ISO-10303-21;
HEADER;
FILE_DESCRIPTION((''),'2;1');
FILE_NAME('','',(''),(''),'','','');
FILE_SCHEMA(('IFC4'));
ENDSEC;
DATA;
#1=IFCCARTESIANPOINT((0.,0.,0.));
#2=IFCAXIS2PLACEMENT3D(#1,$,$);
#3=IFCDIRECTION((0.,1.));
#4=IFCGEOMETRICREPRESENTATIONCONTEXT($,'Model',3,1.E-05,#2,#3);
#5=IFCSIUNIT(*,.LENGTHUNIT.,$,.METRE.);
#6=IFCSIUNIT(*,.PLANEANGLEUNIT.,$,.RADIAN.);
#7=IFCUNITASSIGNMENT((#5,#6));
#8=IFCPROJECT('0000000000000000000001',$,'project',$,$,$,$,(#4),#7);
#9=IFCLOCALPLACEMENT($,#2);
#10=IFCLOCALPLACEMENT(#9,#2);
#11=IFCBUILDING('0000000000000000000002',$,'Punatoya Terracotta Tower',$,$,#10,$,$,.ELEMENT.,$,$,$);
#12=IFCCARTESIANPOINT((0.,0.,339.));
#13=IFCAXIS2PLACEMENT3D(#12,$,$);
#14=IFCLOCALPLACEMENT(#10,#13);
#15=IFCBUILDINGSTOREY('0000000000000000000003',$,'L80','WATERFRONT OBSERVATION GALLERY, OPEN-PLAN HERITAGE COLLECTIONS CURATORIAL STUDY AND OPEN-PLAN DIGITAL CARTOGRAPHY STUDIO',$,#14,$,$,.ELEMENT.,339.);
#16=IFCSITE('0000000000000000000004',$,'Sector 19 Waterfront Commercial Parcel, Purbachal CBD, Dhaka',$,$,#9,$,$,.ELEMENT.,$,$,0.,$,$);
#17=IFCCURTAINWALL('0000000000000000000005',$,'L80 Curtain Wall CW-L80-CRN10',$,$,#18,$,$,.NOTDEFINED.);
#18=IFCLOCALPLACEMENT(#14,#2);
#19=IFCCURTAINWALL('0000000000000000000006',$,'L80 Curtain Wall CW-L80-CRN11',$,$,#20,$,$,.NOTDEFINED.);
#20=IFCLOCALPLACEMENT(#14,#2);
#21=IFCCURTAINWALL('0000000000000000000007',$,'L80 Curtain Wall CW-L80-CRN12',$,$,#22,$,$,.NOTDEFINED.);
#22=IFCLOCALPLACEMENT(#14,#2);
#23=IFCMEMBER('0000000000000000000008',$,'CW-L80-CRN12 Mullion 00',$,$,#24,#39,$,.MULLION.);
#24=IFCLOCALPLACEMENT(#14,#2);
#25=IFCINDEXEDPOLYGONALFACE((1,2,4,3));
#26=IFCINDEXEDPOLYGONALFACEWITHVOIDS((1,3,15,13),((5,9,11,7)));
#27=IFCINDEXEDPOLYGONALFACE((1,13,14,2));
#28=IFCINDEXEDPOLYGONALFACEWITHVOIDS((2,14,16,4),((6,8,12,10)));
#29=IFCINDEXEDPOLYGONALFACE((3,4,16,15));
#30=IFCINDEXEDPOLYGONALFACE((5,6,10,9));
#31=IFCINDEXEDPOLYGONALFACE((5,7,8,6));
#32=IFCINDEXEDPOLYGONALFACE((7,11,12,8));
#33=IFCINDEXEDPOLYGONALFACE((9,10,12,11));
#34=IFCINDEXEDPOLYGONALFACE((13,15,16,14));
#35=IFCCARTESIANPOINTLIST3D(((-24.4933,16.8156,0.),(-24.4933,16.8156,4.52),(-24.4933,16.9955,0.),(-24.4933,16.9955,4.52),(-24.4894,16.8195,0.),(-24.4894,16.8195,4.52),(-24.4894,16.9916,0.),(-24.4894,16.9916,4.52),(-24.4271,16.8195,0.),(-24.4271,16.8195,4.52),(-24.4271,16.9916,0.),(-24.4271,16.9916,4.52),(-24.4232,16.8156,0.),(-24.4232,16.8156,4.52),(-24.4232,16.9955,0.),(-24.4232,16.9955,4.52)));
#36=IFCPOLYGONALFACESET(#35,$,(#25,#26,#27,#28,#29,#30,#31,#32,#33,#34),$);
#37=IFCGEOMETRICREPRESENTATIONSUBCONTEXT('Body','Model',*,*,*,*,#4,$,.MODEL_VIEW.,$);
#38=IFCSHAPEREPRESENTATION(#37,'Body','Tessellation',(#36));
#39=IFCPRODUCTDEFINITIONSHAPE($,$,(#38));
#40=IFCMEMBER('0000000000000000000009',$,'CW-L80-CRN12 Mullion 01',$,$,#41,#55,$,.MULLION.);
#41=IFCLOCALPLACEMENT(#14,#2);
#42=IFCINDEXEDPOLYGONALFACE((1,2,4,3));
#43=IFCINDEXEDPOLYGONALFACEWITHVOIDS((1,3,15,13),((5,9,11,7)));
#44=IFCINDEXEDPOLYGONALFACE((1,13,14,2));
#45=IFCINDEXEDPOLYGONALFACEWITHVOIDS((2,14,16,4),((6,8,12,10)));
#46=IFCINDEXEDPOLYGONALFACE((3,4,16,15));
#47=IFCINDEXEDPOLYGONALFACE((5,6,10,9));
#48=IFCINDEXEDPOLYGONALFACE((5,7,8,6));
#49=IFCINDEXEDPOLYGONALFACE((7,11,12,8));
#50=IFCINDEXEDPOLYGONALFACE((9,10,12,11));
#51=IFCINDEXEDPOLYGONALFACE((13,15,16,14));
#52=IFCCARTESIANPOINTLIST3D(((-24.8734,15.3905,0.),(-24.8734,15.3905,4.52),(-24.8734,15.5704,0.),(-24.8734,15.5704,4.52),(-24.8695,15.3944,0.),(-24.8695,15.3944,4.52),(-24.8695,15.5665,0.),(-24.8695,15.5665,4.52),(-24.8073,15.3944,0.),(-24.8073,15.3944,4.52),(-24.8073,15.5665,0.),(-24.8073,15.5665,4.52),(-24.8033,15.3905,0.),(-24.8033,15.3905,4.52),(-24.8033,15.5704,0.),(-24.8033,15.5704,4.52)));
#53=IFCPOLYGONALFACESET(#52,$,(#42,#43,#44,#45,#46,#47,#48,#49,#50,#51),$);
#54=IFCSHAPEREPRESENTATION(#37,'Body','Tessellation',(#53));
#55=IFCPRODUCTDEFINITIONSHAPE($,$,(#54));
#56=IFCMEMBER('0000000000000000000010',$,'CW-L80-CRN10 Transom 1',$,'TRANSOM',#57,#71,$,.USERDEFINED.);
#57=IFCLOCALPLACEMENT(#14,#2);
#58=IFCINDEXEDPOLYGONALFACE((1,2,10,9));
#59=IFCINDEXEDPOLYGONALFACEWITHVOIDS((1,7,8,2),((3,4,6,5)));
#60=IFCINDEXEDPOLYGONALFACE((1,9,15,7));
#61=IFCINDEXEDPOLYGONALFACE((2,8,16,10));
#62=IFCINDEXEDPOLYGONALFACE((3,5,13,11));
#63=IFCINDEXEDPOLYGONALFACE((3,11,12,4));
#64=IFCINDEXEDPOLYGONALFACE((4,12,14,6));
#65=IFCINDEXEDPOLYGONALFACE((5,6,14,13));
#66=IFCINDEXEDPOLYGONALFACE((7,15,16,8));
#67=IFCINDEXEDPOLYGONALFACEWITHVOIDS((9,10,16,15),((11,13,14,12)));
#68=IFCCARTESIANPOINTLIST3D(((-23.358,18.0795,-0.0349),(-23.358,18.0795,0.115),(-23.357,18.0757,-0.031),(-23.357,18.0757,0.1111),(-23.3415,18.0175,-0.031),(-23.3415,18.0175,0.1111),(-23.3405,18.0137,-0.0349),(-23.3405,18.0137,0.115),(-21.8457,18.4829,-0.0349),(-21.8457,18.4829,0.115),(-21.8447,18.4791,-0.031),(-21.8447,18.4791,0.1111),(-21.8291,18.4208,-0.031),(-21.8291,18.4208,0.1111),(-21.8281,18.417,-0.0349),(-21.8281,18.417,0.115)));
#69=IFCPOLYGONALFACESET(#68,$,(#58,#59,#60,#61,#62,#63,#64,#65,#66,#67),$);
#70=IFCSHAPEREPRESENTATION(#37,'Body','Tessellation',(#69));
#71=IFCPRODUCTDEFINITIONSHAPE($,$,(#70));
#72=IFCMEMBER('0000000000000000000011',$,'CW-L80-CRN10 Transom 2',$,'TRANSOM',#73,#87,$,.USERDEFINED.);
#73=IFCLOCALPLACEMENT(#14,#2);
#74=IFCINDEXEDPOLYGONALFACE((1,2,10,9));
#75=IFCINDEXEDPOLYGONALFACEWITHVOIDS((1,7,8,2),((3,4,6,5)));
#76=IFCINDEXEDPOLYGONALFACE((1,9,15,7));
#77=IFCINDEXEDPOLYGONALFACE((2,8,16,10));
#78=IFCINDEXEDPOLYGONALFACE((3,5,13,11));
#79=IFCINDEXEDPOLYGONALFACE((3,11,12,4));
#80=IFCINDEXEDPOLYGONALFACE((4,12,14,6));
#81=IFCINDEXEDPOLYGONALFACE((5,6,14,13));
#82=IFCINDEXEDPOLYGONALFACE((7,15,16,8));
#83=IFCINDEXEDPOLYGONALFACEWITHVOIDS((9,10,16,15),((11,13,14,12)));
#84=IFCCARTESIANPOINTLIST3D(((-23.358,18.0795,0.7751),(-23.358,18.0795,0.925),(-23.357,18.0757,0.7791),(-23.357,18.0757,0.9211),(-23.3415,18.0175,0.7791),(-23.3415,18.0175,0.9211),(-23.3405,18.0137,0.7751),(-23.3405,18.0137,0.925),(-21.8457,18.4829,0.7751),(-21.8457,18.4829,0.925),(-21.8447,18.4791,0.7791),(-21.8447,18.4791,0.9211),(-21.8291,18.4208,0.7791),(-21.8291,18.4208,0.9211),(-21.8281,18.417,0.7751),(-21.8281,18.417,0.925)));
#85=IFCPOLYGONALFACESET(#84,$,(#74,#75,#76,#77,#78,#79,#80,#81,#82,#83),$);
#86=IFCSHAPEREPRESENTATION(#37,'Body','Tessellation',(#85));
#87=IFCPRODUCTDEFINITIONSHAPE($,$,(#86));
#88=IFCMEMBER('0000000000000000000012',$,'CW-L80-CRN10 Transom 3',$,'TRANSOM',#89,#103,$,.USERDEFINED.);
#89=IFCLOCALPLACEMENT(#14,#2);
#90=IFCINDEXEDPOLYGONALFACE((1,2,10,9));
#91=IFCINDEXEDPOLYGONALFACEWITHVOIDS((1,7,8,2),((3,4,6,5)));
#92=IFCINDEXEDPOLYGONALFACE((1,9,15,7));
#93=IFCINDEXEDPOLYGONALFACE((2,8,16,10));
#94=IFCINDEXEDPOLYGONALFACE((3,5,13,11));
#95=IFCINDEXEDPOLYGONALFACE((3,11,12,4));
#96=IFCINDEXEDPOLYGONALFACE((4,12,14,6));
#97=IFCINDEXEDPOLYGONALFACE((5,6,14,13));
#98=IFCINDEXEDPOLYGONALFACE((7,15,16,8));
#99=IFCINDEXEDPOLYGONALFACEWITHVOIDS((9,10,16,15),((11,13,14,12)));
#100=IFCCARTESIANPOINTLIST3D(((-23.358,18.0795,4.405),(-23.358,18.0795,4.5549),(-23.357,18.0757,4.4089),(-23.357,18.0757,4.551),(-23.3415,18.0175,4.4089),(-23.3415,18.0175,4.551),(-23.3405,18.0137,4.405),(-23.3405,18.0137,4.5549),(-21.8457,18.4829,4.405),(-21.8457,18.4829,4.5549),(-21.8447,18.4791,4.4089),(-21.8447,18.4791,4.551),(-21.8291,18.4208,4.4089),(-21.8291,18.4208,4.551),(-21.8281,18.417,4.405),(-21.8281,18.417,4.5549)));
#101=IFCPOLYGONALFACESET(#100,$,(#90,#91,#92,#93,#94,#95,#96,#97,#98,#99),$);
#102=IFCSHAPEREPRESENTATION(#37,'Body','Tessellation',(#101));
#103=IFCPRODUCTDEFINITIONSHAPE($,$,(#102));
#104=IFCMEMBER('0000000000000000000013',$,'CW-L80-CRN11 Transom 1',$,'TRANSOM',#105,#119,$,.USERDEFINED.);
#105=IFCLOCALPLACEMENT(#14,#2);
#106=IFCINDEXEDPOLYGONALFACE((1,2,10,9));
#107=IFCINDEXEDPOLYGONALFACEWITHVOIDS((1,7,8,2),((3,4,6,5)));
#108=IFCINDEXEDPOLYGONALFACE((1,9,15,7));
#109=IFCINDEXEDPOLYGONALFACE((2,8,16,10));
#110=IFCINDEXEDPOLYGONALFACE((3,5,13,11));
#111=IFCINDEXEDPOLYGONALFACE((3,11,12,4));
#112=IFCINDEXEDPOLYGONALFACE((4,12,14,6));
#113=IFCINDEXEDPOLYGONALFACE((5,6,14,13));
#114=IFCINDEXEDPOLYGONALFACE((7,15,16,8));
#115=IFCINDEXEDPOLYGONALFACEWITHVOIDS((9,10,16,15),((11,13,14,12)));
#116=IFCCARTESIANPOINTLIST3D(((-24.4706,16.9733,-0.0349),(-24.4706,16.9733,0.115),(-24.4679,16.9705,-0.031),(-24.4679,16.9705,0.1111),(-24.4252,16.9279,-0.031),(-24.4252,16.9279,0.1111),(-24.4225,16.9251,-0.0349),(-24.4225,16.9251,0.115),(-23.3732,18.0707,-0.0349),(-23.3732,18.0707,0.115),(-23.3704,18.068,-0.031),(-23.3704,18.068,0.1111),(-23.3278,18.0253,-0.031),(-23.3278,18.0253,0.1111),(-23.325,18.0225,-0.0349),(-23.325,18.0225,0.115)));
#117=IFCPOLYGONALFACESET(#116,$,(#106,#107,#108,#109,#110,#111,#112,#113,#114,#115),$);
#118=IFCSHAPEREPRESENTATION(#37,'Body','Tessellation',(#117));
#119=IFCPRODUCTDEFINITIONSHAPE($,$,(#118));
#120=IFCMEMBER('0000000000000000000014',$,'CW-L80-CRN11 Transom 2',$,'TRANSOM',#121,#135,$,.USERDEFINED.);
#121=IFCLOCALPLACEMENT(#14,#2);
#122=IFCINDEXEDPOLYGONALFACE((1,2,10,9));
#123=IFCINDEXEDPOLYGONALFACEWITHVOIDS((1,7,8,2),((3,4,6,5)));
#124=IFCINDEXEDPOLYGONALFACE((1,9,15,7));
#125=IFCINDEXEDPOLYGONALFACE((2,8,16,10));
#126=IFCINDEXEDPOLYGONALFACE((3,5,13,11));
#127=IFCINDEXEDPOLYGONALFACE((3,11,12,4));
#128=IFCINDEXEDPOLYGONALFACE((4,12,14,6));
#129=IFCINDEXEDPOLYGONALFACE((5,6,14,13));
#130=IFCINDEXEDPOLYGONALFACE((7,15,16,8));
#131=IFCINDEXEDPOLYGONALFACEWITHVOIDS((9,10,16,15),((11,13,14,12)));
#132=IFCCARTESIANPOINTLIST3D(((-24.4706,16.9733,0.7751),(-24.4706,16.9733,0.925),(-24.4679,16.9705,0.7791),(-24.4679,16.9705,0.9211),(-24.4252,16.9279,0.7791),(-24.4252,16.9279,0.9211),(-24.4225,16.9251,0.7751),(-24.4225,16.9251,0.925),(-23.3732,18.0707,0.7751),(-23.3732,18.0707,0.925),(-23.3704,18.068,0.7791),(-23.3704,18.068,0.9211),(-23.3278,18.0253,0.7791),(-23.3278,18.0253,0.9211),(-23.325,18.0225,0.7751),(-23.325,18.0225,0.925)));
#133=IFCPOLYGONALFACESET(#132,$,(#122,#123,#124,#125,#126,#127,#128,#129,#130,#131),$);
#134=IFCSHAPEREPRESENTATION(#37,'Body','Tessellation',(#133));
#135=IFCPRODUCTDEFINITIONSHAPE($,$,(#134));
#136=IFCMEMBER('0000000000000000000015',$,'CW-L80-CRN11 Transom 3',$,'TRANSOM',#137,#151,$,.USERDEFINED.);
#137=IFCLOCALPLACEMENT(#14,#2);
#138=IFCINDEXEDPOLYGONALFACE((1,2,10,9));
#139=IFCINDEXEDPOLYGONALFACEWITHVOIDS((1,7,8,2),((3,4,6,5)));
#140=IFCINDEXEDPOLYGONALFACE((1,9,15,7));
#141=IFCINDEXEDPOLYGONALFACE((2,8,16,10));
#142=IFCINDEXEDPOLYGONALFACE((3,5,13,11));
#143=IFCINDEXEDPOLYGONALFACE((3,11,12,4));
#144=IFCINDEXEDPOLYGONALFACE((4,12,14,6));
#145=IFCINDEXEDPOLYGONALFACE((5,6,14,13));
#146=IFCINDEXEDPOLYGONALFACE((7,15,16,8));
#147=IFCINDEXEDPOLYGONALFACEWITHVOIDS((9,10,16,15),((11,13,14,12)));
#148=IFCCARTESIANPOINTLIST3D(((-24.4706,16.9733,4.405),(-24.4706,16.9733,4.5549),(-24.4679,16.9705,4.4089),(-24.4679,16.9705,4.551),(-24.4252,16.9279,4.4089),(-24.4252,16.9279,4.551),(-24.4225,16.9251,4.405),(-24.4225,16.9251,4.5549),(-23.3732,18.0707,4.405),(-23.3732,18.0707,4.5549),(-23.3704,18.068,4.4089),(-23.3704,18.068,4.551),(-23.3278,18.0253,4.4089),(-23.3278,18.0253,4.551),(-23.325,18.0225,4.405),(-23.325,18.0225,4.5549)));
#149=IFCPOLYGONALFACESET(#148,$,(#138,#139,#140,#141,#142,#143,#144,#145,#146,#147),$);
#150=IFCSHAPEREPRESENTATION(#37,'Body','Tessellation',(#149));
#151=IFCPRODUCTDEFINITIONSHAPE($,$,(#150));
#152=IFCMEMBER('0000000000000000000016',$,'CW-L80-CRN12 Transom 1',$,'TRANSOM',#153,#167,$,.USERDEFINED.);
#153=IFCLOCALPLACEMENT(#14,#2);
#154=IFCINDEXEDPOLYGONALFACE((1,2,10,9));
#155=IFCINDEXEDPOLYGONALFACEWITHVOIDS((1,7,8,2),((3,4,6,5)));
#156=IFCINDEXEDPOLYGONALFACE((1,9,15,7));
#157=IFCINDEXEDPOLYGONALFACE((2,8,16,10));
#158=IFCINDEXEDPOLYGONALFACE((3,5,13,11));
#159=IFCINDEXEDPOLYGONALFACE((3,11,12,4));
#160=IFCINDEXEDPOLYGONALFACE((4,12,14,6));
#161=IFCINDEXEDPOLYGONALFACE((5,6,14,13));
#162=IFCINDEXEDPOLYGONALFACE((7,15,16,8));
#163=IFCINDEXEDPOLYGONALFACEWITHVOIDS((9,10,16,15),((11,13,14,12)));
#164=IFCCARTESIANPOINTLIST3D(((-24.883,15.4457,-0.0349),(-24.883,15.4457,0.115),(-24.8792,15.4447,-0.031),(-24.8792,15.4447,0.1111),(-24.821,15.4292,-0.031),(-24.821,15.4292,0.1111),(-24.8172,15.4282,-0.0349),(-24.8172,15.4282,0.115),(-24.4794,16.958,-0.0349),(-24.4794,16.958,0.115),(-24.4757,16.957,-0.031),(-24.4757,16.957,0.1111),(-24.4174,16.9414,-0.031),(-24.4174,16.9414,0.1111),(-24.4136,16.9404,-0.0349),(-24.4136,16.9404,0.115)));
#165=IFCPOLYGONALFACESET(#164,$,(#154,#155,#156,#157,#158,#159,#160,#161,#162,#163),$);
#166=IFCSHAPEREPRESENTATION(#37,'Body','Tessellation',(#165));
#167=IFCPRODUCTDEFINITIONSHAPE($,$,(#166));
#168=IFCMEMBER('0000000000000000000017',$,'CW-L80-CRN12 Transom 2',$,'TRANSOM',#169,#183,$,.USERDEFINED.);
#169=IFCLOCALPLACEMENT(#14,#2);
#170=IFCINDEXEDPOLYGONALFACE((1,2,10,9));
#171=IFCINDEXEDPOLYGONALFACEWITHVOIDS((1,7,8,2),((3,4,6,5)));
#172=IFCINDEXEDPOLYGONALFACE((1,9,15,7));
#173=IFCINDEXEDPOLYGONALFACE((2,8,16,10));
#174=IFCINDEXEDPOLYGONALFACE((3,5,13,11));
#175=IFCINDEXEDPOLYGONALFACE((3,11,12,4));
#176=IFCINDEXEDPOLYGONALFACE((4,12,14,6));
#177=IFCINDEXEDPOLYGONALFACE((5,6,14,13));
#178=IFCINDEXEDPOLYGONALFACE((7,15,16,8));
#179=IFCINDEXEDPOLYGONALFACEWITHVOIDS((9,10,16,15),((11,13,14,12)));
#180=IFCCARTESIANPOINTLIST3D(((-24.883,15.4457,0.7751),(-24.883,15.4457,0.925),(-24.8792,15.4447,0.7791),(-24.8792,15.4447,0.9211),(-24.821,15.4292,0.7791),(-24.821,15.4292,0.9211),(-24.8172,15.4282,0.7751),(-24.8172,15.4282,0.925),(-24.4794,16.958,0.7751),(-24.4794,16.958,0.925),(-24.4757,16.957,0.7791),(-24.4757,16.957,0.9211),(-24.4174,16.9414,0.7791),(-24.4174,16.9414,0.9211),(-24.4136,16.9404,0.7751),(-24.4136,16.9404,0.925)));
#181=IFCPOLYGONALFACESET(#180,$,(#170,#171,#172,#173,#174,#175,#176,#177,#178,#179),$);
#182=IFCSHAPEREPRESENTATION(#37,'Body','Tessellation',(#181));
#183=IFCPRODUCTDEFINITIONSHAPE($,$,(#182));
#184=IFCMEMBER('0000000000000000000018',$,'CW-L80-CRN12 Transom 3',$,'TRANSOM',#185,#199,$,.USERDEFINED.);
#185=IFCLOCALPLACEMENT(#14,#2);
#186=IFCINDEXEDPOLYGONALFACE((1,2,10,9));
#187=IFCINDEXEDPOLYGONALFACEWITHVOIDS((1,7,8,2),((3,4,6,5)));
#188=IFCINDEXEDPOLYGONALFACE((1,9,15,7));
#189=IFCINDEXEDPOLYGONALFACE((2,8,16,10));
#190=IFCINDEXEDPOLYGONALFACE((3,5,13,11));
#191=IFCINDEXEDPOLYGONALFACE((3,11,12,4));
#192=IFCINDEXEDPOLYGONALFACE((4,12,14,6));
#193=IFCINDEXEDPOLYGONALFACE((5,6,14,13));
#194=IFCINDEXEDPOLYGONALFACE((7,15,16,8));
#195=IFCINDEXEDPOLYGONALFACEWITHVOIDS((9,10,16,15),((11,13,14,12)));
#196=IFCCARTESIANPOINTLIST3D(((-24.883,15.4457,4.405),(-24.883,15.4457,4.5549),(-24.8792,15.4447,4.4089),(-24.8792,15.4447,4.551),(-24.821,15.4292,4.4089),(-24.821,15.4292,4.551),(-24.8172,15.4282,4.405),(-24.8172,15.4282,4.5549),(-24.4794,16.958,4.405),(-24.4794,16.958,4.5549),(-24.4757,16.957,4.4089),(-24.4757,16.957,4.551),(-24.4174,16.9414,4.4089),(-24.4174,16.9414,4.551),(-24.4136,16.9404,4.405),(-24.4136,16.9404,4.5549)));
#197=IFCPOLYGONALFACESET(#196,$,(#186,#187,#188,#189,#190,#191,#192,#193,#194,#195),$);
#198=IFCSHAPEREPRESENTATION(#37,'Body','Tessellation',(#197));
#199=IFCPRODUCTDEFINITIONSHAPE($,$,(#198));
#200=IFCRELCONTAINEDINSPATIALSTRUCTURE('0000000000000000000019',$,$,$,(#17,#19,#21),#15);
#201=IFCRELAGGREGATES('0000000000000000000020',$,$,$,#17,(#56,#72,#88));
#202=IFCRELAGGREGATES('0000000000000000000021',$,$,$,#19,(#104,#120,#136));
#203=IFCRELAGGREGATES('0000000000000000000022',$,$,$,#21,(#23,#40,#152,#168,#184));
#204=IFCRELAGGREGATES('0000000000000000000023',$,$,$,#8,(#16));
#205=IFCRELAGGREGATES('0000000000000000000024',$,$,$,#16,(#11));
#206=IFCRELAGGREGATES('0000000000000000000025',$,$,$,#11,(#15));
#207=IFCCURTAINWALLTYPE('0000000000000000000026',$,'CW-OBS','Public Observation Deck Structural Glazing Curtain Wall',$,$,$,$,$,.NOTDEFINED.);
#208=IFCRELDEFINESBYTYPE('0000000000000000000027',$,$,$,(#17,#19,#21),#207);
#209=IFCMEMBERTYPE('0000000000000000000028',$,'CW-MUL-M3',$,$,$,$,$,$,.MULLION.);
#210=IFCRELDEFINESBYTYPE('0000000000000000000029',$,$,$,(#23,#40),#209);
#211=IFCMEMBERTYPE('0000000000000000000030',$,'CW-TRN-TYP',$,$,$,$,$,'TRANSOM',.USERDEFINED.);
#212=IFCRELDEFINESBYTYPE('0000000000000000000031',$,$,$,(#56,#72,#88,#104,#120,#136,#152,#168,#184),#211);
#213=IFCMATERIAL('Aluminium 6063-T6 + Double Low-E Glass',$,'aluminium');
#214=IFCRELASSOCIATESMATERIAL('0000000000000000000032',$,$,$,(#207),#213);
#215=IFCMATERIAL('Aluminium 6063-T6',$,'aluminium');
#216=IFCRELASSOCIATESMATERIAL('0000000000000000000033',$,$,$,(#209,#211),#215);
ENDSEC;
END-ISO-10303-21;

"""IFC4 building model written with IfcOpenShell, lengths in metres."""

from ifc_helpers import new_model, si_unit, direction, frame, origin, origin_2d, place, context, subcontext, project, spatial, hollow_rectangle, extrude, material, material_profile, profile_set, type_object, element, aggregate, save


model = new_model("IFC4")

# Units and contexts
model_context = context("Model", 3, precision=1e-05, world=origin(), true_north=direction((0.0, 1.0)))
body_context = subcontext(model_context, "Body", "Model", "MODEL_VIEW")
ifc_project = project(units=[si_unit("LENGTHUNIT", "METRE"), si_unit("PLANEANGLEUNIT", "RADIAN")], contexts=[model_context])

# Site, building, storey
site_placement = place(None, origin())
site = spatial("IfcSite", under=ifc_project, at=site_placement, Name="Sector 19 Waterfront Commercial Parcel, Purbachal CBD, Dhaka", CompositionType="ELEMENT", RefElevation=0.0)
building_placement = place(site_placement, origin())
building = spatial("IfcBuilding", under=site, at=building_placement, Name="Punatoya Terracotta Tower", CompositionType="ELEMENT")
storey_placement = place(building_placement, frame((0.0, 0.0, 339.0)))
storey = spatial("IfcBuildingStorey", under=building, at=storey_placement, Name="L80", Description="WATERFRONT OBSERVATION GALLERY, OPEN-PLAN HERITAGE COLLECTIONS CURATORIAL STUDY AND OPEN-PLAN DIGITAL CARTOGRAPHY STUDIO", CompositionType="ELEMENT", Elevation=339.0)

# Shared definitions
ifc_material_1 = material(Name="Aluminium 6063-T6 + Double Low-E Glass", Category="aluminium")
curtain_wall_type = type_object("IfcCurtainWallType", Name="CW-OBS", Description="Public Observation Deck Structural Glazing Curtain Wall", PredefinedType="NOTDEFINED", material=ifc_material_1)
ifc_material_2 = material(Name="Aluminium 6063-T6", Category="aluminium")
ifc_material_profile_1 = material_profile(ifc_material_2, hollow_rectangle(XDim=0.0701, YDim=0.1799, WallThickness=0.0039, at=origin_2d()))
ifc_profile_set_1 = profile_set([ifc_material_profile_1], Name="Aluminium 6063-T6")
member_type_1 = type_object("IfcMemberType", Name="CW-MUL-M3", PredefinedType="MULLION", material=ifc_profile_set_1)

# Curtain walls, members
curtain_wall_1_placement = place(storey_placement, origin())
curtain_wall_1 = element("IfcCurtainWall", 1, at=curtain_wall_1_placement, inside=storey, type_object=curtain_wall_type, Name="L80 Curtain Wall CW-L80-CRN10", PredefinedType="NOTDEFINED")
curtain_wall_2_placement = place(storey_placement, origin())
curtain_wall_2 = element("IfcCurtainWall", 2, at=curtain_wall_2_placement, inside=storey, type_object=curtain_wall_type, Name="L80 Curtain Wall CW-L80-CRN11", PredefinedType="NOTDEFINED")
curtain_wall_3_placement = place(storey_placement, origin())
curtain_wall_3 = element("IfcCurtainWall", 3, at=curtain_wall_3_placement, inside=storey, type_object=curtain_wall_type, Name="L80 Curtain Wall CW-L80-CRN12", PredefinedType="NOTDEFINED")
member_1_placement = place(storey_placement, frame((-24.4583, 16.9055, 0.0), z_axis=(0.0, 0.0, 1.0), x_axis=(1.0, 0.0, 0.0)))
member_1 = element("IfcMember", 4, at=member_1_placement, type_object=member_type_1, Name="CW-L80-CRN12 Mullion 00", PredefinedType="MULLION", context=body_context, shape_type="SweptSolid", body=[
    extrude(hollow_rectangle(XDim=0.0701, YDim=0.1799, WallThickness=0.0039, at=origin_2d()), origin(), (0.0, 0.0, 1.0), 4.52),
])
member_2_placement = place(storey_placement, frame((-24.8384, 15.4805, 0.0), z_axis=(0.0, 0.0, 1.0), x_axis=(1.0, 0.0, 0.0)))
member_2 = element("IfcMember", 5, at=member_2_placement, type_object=member_type_1, Name="CW-L80-CRN12 Mullion 01", PredefinedType="MULLION", context=body_context, shape_type="SweptSolid", body=[
    extrude(hollow_rectangle(XDim=0.0701, YDim=0.1799, WallThickness=0.0039, at=origin_2d()), origin(), (0.0, 0.0, 1.0), 4.52),
])

# Members
ifc_material_profile_2 = material_profile(ifc_material_2, hollow_rectangle(XDim=0.0681, YDim=0.1499, WallThickness=0.0039, at=origin_2d()))
ifc_profile_set_2 = profile_set([ifc_material_profile_2], Name="Aluminium 6063-T6")
member_type_2 = type_object("IfcMemberType", Name="CW-TRN-TYP", ElementType="TRANSOM", PredefinedType="USERDEFINED", material=ifc_profile_set_2)
member_3_placement = place(storey_placement, frame((-21.8369, 18.45, 0.04), z_axis=(-0.966225, -0.257701, 0.0), x_axis=(0.257701, -0.966225, 0.0)))
member_3 = element("IfcMember", 6, at=member_3_placement, type_object=member_type_2, Name="CW-L80-CRN10 Transom 1", ObjectType="TRANSOM", PredefinedType="USERDEFINED", context=body_context, shape_type="SweptSolid", body=[
    extrude(hollow_rectangle(XDim=0.0681, YDim=0.1499, WallThickness=0.0039, at=origin_2d()), origin(), (0.0, 0.0, 1.0), 1.5652),
])
member_4_placement = place(storey_placement, frame((-21.8369, 18.45, 0.8501), z_axis=(-0.966225, -0.257701, 0.0), x_axis=(0.257701, -0.966225, 0.0)))
member_4 = element("IfcMember", 7, at=member_4_placement, type_object=member_type_2, Name="CW-L80-CRN10 Transom 2", ObjectType="TRANSOM", PredefinedType="USERDEFINED", context=body_context, shape_type="SweptSolid", body=[
    extrude(hollow_rectangle(XDim=0.0681, YDim=0.1499, WallThickness=0.0039, at=origin_2d()), origin(), (0.0, 0.0, 1.0), 1.5652),
])
member_5_placement = place(storey_placement, frame((-21.8369, 18.45, 4.48), z_axis=(-0.966225, -0.257701, 0.0), x_axis=(0.257701, -0.966225, 0.0)))
member_5 = element("IfcMember", 8, at=member_5_placement, type_object=member_type_2, Name="CW-L80-CRN10 Transom 3", ObjectType="TRANSOM", PredefinedType="USERDEFINED", context=body_context, shape_type="SweptSolid", body=[
    extrude(hollow_rectangle(XDim=0.0681, YDim=0.1499, WallThickness=0.0039, at=origin_2d()), origin(), (0.0, 0.0, 1.0), 1.5652),
])
member_6_placement = place(storey_placement, frame((-23.3491, 18.0466, 0.04), z_axis=(-0.707107, -0.707107, 0.0), x_axis=(0.707107, -0.707107, 0.0)))
member_6 = element("IfcMember", 9, at=member_6_placement, type_object=member_type_2, Name="CW-L80-CRN11 Transom 1", ObjectType="TRANSOM", PredefinedType="USERDEFINED", context=body_context, shape_type="SweptSolid", body=[
    extrude(hollow_rectangle(XDim=0.0681, YDim=0.1499, WallThickness=0.0039, at=origin_2d()), origin(), (0.0, 0.0, 1.0), 1.552),
])
member_7_placement = place(storey_placement, frame((-23.3491, 18.0466, 0.8501), z_axis=(-0.707107, -0.707107, 0.0), x_axis=(0.707107, -0.707107, 0.0)))
member_7 = element("IfcMember", 10, at=member_7_placement, type_object=member_type_2, Name="CW-L80-CRN11 Transom 2", ObjectType="TRANSOM", PredefinedType="USERDEFINED", context=body_context, shape_type="SweptSolid", body=[
    extrude(hollow_rectangle(XDim=0.0681, YDim=0.1499, WallThickness=0.0039, at=origin_2d()), origin(), (0.0, 0.0, 1.0), 1.552),
])
member_8_placement = place(storey_placement, frame((-23.3491, 18.0466, 4.48), z_axis=(-0.707107, -0.707107, 0.0), x_axis=(0.707107, -0.707107, 0.0)))
member_8 = element("IfcMember", 11, at=member_8_placement, type_object=member_type_2, Name="CW-L80-CRN11 Transom 3", ObjectType="TRANSOM", PredefinedType="USERDEFINED", context=body_context, shape_type="SweptSolid", body=[
    extrude(hollow_rectangle(XDim=0.0681, YDim=0.1499, WallThickness=0.0039, at=origin_2d()), origin(), (0.0, 0.0, 1.0), 1.552),
])
member_9_placement = place(storey_placement, frame((-24.4465, 16.9492, 0.04), z_axis=(-0.257847, -0.966186, 0.0), x_axis=(0.966186, -0.257847, 0.0)))
member_9 = element("IfcMember", 12, at=member_9_placement, type_object=member_type_2, Name="CW-L80-CRN12 Transom 1", ObjectType="TRANSOM", PredefinedType="USERDEFINED", context=body_context, shape_type="SweptSolid", body=[
    extrude(hollow_rectangle(XDim=0.0681, YDim=0.1499, WallThickness=0.0039, at=origin_2d()), origin(), (0.0, 0.0, 1.0), 1.5652),
])
member_10_placement = place(storey_placement, frame((-24.4465, 16.9492, 0.8501), z_axis=(-0.257847, -0.966186, 0.0), x_axis=(0.966186, -0.257847, 0.0)))
member_10 = element("IfcMember", 13, at=member_10_placement, type_object=member_type_2, Name="CW-L80-CRN12 Transom 2", ObjectType="TRANSOM", PredefinedType="USERDEFINED", context=body_context, shape_type="SweptSolid", body=[
    extrude(hollow_rectangle(XDim=0.0681, YDim=0.1499, WallThickness=0.0039, at=origin_2d()), origin(), (0.0, 0.0, 1.0), 1.5652),
])
member_11_placement = place(storey_placement, frame((-24.4465, 16.9492, 4.48), z_axis=(-0.257847, -0.966186, 0.0), x_axis=(0.966186, -0.257847, 0.0)))
member_11 = element("IfcMember", 14, at=member_11_placement, type_object=member_type_2, Name="CW-L80-CRN12 Transom 3", ObjectType="TRANSOM", PredefinedType="USERDEFINED", context=body_context, shape_type="SweptSolid", body=[
    extrude(hollow_rectangle(XDim=0.0681, YDim=0.1499, WallThickness=0.0039, at=origin_2d()), origin(), (0.0, 0.0, 1.0), 1.5652),
])

aggregate(curtain_wall_1, [member_3, member_4, member_5])
aggregate(curtain_wall_2, [member_6, member_7, member_8])
aggregate(curtain_wall_3, [member_1, member_2, member_9, member_10, member_11])

save(model, "model.ifc")
